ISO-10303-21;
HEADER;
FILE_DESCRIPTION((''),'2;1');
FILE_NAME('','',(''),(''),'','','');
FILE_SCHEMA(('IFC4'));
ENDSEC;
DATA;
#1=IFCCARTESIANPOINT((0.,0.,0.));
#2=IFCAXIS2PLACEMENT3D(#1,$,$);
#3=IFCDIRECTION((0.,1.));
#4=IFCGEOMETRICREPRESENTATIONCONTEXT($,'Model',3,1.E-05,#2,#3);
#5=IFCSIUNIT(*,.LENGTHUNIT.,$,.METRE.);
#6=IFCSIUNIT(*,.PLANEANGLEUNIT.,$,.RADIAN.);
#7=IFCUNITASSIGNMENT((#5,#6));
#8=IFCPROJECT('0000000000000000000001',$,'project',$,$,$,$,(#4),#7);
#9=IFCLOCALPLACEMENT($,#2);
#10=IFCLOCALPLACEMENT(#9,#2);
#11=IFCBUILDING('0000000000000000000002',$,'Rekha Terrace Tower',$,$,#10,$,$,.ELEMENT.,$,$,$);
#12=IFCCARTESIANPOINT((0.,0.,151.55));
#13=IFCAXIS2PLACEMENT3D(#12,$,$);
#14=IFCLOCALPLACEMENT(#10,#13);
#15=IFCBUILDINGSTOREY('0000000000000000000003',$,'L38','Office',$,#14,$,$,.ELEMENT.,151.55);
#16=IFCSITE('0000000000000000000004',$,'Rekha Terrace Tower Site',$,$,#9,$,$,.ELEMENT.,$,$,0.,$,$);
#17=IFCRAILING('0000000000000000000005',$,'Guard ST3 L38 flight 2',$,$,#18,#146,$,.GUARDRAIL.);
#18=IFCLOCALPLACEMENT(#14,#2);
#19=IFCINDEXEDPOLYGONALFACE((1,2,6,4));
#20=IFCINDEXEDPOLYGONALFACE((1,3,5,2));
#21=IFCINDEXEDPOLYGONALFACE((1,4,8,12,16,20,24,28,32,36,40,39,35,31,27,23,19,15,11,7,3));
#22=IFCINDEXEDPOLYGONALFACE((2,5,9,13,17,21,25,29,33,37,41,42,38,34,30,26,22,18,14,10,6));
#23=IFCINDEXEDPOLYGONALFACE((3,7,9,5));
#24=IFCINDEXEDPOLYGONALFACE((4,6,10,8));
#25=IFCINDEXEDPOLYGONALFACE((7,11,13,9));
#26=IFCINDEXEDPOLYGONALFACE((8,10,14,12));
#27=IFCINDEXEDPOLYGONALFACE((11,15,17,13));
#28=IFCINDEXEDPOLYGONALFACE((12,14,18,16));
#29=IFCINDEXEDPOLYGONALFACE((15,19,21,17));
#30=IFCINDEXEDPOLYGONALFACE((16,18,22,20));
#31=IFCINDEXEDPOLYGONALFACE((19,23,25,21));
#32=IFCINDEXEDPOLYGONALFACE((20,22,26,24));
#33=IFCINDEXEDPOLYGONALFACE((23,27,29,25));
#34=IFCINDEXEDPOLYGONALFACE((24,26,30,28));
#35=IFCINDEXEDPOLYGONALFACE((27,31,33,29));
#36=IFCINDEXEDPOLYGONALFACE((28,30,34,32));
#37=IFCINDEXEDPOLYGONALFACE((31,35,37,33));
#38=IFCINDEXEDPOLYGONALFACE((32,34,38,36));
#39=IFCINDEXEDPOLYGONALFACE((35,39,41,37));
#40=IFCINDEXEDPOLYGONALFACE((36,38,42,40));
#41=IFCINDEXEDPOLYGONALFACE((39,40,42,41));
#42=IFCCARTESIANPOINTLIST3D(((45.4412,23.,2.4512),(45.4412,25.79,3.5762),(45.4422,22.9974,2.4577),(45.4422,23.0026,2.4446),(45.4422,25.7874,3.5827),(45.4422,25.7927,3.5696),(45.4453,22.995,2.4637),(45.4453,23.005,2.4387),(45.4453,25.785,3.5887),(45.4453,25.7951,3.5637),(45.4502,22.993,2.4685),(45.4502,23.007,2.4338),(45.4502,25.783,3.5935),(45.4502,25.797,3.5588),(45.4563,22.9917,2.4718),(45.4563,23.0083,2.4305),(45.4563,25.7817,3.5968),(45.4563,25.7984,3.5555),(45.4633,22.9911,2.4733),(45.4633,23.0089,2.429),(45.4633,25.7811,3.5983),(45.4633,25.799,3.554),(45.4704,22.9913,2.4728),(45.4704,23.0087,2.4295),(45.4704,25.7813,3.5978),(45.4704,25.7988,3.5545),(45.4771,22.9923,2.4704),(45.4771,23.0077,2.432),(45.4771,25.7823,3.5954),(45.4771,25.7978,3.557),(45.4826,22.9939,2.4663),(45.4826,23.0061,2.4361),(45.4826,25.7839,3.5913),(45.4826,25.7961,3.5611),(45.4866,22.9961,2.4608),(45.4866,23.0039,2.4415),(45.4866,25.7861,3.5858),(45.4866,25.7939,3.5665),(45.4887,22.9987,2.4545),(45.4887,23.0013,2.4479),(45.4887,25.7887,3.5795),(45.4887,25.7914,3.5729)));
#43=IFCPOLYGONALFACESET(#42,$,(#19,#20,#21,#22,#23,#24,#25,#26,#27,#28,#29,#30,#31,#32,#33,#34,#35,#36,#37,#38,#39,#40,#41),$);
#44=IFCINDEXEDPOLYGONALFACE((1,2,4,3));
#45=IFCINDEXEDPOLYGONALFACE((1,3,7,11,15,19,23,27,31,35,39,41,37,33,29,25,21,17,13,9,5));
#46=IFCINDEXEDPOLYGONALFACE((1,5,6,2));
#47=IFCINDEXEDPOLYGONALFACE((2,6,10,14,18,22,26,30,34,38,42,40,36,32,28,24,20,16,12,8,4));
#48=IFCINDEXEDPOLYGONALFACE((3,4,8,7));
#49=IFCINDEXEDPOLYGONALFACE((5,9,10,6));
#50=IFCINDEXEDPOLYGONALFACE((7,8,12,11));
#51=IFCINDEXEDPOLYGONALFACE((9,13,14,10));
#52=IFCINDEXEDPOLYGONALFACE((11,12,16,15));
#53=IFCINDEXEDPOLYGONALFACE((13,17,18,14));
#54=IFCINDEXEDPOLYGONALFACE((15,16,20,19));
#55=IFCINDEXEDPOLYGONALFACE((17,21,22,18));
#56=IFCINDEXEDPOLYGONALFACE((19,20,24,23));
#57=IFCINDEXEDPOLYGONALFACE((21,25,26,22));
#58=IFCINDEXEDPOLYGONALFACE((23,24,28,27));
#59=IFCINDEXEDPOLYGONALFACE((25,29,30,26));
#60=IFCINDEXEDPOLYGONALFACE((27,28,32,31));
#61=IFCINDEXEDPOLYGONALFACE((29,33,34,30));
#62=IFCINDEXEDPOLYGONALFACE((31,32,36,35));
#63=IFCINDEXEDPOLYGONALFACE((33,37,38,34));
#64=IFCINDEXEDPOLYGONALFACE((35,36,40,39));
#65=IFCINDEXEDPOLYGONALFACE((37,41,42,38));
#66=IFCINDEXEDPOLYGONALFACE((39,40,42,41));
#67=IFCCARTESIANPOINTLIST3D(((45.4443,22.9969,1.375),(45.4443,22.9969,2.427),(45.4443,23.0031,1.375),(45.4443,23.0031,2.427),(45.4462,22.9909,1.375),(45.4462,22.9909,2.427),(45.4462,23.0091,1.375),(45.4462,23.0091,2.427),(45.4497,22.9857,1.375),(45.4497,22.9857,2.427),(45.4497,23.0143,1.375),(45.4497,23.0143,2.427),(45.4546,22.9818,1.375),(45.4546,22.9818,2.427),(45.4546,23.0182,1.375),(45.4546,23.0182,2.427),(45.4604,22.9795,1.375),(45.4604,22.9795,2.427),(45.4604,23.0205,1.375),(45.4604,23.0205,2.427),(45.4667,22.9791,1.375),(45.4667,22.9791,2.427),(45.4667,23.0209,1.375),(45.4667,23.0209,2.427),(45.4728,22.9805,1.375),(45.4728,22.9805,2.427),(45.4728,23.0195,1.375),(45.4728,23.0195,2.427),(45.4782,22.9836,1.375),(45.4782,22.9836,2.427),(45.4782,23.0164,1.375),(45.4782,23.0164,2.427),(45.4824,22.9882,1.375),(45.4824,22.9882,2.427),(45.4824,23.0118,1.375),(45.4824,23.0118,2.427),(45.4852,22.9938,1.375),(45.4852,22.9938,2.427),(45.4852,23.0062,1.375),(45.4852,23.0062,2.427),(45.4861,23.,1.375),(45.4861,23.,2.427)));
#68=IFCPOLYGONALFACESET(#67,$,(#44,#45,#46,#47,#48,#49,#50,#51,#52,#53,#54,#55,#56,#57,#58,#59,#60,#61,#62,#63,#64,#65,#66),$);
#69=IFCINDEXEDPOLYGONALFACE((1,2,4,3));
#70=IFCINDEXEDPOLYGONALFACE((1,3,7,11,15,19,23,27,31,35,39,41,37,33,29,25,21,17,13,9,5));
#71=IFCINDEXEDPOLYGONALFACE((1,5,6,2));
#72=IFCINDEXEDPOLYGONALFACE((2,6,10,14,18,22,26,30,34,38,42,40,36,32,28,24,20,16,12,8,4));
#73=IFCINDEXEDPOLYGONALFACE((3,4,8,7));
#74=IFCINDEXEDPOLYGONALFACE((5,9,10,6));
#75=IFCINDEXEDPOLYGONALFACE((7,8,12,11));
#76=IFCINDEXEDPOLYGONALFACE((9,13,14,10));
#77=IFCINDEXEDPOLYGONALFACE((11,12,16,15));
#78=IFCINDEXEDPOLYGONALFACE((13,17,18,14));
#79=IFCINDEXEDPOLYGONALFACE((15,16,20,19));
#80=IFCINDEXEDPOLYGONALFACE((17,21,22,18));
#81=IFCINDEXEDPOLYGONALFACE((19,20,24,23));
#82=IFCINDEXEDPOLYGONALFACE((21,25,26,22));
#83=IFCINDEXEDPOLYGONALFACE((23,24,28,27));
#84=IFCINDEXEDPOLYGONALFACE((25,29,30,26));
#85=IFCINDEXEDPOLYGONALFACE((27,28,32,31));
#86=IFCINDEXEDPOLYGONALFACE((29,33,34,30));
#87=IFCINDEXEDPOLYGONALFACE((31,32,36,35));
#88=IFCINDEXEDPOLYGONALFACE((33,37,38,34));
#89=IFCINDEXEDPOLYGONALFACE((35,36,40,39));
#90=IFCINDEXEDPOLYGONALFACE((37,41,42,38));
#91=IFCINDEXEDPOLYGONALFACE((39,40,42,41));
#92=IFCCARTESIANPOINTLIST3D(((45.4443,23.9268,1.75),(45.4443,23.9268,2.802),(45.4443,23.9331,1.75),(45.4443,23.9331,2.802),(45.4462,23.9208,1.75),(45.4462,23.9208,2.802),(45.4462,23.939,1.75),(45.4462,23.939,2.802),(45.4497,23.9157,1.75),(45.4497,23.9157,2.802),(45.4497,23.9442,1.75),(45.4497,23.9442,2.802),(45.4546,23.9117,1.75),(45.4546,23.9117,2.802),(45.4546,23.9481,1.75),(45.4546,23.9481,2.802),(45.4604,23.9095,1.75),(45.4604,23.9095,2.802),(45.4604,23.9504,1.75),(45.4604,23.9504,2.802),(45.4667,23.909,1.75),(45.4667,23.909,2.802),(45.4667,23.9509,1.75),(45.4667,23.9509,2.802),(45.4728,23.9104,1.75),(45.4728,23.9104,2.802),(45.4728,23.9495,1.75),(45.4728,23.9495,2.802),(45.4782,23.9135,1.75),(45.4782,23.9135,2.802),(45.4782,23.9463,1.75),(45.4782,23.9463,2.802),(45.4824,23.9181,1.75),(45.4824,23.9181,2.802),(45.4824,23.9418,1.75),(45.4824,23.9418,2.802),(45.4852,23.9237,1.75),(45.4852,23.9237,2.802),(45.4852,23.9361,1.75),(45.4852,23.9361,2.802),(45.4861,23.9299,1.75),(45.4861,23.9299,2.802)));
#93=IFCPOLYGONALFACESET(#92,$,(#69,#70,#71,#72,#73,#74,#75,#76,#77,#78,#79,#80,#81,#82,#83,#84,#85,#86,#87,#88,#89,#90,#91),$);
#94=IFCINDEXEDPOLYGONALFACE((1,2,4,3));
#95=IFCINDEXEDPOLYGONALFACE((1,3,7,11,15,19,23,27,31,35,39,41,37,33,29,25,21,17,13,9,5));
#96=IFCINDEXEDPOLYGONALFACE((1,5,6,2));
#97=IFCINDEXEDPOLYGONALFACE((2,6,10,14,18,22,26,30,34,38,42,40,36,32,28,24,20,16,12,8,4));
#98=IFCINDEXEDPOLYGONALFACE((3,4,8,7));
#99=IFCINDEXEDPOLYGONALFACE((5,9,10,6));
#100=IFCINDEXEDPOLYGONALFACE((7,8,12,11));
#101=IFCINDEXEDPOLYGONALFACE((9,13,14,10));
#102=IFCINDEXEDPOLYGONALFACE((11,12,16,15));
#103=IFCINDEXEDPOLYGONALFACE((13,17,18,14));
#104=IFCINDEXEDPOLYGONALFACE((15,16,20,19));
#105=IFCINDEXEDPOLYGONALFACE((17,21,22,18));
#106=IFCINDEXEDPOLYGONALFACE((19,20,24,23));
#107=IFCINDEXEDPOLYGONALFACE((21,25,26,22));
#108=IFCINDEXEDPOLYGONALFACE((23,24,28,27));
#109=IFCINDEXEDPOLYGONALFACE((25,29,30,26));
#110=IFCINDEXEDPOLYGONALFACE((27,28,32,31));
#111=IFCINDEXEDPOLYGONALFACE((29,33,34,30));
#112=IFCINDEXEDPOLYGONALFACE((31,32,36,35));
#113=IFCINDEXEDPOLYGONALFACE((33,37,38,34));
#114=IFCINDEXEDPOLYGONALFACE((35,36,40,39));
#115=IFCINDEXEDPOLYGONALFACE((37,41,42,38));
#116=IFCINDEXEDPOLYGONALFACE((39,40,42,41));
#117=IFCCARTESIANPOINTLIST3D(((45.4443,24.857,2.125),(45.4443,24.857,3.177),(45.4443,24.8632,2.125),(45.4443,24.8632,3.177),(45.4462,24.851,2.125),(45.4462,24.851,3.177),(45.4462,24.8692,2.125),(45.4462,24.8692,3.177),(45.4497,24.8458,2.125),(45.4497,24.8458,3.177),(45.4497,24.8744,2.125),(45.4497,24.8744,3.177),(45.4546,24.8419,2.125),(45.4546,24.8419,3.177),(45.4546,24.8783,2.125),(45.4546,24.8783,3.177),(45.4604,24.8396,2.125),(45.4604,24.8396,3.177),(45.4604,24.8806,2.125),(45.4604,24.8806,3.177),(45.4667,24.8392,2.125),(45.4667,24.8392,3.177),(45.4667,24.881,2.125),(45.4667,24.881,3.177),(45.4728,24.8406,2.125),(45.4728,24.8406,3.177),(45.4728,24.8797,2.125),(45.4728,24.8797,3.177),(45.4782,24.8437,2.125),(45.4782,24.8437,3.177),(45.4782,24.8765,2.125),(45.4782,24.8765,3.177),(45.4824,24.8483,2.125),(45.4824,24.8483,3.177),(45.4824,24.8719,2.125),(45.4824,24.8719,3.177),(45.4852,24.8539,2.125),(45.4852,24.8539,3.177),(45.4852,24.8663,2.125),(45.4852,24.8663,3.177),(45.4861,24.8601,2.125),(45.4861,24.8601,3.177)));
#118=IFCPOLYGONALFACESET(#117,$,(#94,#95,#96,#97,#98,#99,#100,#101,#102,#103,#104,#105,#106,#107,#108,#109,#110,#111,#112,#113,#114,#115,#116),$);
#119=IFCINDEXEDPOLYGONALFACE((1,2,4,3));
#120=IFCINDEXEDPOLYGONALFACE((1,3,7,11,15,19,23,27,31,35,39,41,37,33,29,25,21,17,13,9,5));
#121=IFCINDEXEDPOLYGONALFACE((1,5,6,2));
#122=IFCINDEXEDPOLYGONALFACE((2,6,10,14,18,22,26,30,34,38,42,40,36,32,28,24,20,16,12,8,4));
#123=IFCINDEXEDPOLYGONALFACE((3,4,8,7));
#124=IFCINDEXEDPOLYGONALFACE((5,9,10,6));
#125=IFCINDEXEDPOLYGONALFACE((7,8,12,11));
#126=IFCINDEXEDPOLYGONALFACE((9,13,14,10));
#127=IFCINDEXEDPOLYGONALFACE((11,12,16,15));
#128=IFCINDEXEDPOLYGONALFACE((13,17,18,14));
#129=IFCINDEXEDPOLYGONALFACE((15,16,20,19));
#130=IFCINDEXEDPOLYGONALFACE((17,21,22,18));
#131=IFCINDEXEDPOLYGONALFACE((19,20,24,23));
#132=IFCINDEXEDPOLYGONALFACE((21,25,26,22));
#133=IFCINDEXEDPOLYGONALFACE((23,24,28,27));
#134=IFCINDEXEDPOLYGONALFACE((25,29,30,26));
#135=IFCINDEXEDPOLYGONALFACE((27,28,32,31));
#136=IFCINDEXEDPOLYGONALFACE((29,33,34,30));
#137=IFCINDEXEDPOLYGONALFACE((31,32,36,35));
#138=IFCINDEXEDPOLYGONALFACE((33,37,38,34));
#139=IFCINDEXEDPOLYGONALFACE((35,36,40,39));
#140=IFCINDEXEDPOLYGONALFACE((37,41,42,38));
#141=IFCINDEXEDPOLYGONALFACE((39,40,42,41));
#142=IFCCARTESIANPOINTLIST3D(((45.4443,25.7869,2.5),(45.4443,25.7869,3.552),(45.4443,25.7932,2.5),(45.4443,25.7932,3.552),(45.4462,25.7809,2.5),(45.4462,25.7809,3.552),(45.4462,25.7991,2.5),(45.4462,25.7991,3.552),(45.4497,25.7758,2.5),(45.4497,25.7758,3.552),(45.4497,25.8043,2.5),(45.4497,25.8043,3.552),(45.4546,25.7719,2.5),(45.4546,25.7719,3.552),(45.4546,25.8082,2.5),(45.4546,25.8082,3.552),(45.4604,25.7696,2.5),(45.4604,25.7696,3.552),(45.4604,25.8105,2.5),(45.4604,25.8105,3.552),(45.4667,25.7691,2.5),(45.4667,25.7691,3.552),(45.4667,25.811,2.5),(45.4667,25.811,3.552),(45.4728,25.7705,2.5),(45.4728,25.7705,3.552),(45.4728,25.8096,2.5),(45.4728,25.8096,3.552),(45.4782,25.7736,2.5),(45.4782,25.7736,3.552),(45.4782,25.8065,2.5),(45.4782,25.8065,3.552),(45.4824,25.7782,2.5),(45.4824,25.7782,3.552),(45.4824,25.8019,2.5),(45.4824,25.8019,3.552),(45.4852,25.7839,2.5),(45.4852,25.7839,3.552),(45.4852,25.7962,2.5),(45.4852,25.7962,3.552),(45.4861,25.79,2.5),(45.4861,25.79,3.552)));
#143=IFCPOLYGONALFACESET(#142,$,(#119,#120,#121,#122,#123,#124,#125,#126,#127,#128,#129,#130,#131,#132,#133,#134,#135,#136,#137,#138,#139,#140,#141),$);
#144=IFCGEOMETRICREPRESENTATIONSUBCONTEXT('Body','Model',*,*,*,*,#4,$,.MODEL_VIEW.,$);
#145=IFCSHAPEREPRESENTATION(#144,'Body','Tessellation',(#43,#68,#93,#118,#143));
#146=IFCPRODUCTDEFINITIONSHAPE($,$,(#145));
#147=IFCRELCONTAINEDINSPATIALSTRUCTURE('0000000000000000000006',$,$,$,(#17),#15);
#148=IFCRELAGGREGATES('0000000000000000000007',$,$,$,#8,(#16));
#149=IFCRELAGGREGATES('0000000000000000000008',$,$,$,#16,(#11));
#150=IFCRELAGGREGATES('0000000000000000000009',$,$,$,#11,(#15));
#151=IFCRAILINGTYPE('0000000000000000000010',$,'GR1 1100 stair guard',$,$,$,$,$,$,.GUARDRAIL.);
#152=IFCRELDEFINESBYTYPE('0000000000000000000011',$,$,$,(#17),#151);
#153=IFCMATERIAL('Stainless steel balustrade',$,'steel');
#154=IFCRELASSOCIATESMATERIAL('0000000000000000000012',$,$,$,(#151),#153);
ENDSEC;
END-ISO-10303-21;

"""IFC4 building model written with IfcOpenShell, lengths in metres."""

from ifc_helpers import new_model, si_unit, direction, frame, origin, origin_2d, place, context, subcontext, project, spatial, circle, extrude, material, type_object, element, save


model = new_model("IFC4")

# Units and contexts
model_context = context("Model", 3, precision=1e-05, world=origin(), true_north=direction((0.0, 1.0)))
body_context = subcontext(model_context, "Body", "Model", "MODEL_VIEW")
ifc_project = project(units=[si_unit("LENGTHUNIT", "METRE"), si_unit("PLANEANGLEUNIT", "RADIAN")], contexts=[model_context])

# Site, building, storey
site_placement = place(None, origin())
site = spatial("IfcSite", under=ifc_project, at=site_placement, Name="Rekha Terrace Tower Site", CompositionType="ELEMENT", RefElevation=0.0)
building_placement = place(site_placement, origin())
building = spatial("IfcBuilding", under=site, at=building_placement, Name="Rekha Terrace Tower", CompositionType="ELEMENT")
storey_placement = place(building_placement, frame((0.0, 0.0, 151.55)))
storey = spatial("IfcBuildingStorey", under=building, at=storey_placement, Name="L38", Description="Office", CompositionType="ELEMENT", Elevation=151.55)

# Railing
ifc_material_1 = material(Name="Stainless steel balustrade", Category="steel")
railing_type_1 = type_object("IfcRailingType", Name="GR1 1100 stair guard", PredefinedType="GUARDRAIL", material=ifc_material_1)
railing_1_placement = place(storey_placement, frame((45.4651, 23.0, 1.375)))
element("IfcRailing", 1, at=railing_1_placement, inside=storey, type_object=railing_type_1, Name="Guard ST3 L38 flight 2", PredefinedType="GUARDRAIL", context=body_context, shape_type="SweptSolid", body=[
    extrude(circle(Radius=0.0239, at=origin_2d()), frame((0.0, 0.0, 1.0762), z_axis=(0.0, 0.927443, 0.373964), x_axis=(-1.0, 0.0, 0.0)), (0.0, 0.0, 1.0), 3.0083),
    extrude(circle(Radius=0.021, at=origin_2d()), origin(), (0.0, 0.0, 1.0), 1.052),
    extrude(circle(Radius=0.021, at=origin_2d()), frame((0.0, 0.9299, 0.375)), (0.0, 0.0, 1.0), 1.052),
    extrude(circle(Radius=0.021, at=origin_2d()), frame((0.0, 1.8601, 0.75)), (0.0, 0.0, 1.0), 1.052),
    extrude(circle(Radius=0.021, at=origin_2d()), frame((0.0, 2.79, 1.125)), (0.0, 0.0, 1.0), 1.052),
])

save(model, "model.ifc")
